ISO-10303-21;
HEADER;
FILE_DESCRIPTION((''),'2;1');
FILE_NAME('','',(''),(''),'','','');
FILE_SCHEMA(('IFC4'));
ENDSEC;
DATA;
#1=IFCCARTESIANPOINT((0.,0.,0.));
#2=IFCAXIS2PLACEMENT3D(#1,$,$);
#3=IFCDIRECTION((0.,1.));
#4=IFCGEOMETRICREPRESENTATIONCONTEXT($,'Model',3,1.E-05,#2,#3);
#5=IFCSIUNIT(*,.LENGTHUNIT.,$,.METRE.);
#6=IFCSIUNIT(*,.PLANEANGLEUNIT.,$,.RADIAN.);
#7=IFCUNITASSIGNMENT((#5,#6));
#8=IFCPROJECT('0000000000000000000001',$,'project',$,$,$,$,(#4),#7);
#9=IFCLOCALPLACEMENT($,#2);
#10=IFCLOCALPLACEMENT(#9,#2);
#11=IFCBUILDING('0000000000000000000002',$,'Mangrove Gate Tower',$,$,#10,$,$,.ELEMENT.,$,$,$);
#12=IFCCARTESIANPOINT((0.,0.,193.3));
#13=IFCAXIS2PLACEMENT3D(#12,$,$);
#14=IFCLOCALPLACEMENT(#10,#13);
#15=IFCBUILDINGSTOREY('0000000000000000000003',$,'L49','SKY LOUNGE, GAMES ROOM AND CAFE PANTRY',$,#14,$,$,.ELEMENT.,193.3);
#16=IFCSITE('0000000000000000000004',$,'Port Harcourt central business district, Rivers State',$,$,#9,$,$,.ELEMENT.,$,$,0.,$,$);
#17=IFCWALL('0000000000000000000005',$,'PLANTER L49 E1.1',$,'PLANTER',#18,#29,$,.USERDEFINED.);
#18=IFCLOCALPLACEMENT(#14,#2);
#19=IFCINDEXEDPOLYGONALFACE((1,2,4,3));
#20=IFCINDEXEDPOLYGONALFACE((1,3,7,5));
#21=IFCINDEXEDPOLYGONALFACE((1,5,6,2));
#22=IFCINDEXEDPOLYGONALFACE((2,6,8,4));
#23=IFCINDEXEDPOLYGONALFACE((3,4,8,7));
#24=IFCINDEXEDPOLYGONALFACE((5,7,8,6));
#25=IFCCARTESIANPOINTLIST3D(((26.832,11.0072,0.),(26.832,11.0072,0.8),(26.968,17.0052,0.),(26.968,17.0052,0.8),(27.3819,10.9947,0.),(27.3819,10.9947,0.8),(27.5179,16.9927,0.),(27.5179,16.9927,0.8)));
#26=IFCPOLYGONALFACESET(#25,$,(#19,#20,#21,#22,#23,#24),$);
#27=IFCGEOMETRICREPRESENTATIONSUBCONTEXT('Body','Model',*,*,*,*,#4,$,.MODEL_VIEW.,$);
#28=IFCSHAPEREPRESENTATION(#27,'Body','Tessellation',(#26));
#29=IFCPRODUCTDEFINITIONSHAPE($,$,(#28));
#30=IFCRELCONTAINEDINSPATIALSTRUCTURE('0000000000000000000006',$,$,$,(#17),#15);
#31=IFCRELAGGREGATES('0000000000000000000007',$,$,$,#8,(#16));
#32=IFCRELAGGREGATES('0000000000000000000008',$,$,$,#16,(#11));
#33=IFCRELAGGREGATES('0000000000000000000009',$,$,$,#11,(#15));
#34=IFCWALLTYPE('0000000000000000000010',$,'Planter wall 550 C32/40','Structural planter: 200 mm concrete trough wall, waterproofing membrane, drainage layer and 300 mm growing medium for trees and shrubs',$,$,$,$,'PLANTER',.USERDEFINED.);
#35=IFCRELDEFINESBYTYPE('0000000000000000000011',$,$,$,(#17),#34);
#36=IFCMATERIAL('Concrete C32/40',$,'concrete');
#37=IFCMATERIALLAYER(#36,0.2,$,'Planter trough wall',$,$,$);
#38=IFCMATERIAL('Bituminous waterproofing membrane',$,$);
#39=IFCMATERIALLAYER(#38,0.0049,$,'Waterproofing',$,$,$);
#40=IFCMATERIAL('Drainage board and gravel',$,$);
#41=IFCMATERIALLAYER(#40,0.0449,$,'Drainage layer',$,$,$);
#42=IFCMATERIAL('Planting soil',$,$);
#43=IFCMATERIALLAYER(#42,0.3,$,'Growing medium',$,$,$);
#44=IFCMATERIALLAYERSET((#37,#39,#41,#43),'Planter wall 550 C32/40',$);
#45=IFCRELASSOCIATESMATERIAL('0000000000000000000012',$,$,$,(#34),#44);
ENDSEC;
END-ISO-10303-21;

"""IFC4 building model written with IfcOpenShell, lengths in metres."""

from ifc_helpers import new_model, si_unit, direction, frame, frame_2d, origin, place, context, subcontext, project, spatial, rectangle, extrude, material, layer, layer_set, type_object, element, save


model = new_model("IFC4")

# Units and contexts
model_context = context("Model", 3, precision=1e-05, world=origin(), true_north=direction((0.0, 1.0)))
body_context = subcontext(model_context, "Body", "Model", "MODEL_VIEW")
ifc_project = project(units=[si_unit("LENGTHUNIT", "METRE"), si_unit("PLANEANGLEUNIT", "RADIAN")], contexts=[model_context])

# Site, building, storey
site_placement = place(None, origin())
site = spatial("IfcSite", under=ifc_project, at=site_placement, Name="Port Harcourt central business district, Rivers State", CompositionType="ELEMENT", RefElevation=0.0)
building_placement = place(site_placement, origin())
building = spatial("IfcBuilding", under=site, at=building_placement, Name="Mangrove Gate Tower", CompositionType="ELEMENT")
storey_placement = place(building_placement, frame((0.0, 0.0, 193.3)))
storey = spatial("IfcBuildingStorey", under=building, at=storey_placement, Name="L49", Description="SKY LOUNGE, GAMES ROOM AND CAFE PANTRY", CompositionType="ELEMENT", Elevation=193.3)

# Wall
ifc_material_1 = material(Name="Concrete C32/40", Category="concrete")
ifc_layer_1 = layer(ifc_material_1, 0.2, Name="Planter trough wall")
ifc_material_2 = material(Name="Bituminous waterproofing membrane")
ifc_layer_2 = layer(ifc_material_2, 0.0049, Name="Waterproofing")
ifc_material_3 = material(Name="Drainage board and gravel")
ifc_layer_3 = layer(ifc_material_3, 0.0449, Name="Drainage layer")
ifc_material_4 = material(Name="Planting soil")
ifc_layer_4 = layer(ifc_material_4, 0.3, Name="Growing medium")
ifc_layer_set_1 = layer_set([ifc_layer_1, ifc_layer_2, ifc_layer_3, ifc_layer_4], Name="Planter wall 550 C32/40")
wall_type_1 = type_object("IfcWallType", Name="Planter wall 550 C32/40", Description="Structural planter: 200 mm concrete trough wall, waterproofing membrane, drainage layer and 300 mm growing medium for trees and shrubs", ElementType="PLANTER", PredefinedType="USERDEFINED", material=ifc_layer_set_1)
wall_1_placement = place(storey_placement, frame((27.1069, 11.001, 0.0), z_axis=(0.0, 0.0, 1.0), x_axis=(0.022666, 0.999743, 0.0)))
element("IfcWall", 1, at=wall_1_placement, inside=storey, type_object=wall_type_1, Name="PLANTER L49 E1.1", ObjectType="PLANTER", PredefinedType="USERDEFINED", context=body_context, shape_type="SweptSolid", body=[
    extrude(rectangle(XDim=5.9995, YDim=0.55, at=frame_2d((2.9998, 0.0))), origin(), (0.0, 0.0, 1.0), 0.8),
])

save(model, "model.ifc")
